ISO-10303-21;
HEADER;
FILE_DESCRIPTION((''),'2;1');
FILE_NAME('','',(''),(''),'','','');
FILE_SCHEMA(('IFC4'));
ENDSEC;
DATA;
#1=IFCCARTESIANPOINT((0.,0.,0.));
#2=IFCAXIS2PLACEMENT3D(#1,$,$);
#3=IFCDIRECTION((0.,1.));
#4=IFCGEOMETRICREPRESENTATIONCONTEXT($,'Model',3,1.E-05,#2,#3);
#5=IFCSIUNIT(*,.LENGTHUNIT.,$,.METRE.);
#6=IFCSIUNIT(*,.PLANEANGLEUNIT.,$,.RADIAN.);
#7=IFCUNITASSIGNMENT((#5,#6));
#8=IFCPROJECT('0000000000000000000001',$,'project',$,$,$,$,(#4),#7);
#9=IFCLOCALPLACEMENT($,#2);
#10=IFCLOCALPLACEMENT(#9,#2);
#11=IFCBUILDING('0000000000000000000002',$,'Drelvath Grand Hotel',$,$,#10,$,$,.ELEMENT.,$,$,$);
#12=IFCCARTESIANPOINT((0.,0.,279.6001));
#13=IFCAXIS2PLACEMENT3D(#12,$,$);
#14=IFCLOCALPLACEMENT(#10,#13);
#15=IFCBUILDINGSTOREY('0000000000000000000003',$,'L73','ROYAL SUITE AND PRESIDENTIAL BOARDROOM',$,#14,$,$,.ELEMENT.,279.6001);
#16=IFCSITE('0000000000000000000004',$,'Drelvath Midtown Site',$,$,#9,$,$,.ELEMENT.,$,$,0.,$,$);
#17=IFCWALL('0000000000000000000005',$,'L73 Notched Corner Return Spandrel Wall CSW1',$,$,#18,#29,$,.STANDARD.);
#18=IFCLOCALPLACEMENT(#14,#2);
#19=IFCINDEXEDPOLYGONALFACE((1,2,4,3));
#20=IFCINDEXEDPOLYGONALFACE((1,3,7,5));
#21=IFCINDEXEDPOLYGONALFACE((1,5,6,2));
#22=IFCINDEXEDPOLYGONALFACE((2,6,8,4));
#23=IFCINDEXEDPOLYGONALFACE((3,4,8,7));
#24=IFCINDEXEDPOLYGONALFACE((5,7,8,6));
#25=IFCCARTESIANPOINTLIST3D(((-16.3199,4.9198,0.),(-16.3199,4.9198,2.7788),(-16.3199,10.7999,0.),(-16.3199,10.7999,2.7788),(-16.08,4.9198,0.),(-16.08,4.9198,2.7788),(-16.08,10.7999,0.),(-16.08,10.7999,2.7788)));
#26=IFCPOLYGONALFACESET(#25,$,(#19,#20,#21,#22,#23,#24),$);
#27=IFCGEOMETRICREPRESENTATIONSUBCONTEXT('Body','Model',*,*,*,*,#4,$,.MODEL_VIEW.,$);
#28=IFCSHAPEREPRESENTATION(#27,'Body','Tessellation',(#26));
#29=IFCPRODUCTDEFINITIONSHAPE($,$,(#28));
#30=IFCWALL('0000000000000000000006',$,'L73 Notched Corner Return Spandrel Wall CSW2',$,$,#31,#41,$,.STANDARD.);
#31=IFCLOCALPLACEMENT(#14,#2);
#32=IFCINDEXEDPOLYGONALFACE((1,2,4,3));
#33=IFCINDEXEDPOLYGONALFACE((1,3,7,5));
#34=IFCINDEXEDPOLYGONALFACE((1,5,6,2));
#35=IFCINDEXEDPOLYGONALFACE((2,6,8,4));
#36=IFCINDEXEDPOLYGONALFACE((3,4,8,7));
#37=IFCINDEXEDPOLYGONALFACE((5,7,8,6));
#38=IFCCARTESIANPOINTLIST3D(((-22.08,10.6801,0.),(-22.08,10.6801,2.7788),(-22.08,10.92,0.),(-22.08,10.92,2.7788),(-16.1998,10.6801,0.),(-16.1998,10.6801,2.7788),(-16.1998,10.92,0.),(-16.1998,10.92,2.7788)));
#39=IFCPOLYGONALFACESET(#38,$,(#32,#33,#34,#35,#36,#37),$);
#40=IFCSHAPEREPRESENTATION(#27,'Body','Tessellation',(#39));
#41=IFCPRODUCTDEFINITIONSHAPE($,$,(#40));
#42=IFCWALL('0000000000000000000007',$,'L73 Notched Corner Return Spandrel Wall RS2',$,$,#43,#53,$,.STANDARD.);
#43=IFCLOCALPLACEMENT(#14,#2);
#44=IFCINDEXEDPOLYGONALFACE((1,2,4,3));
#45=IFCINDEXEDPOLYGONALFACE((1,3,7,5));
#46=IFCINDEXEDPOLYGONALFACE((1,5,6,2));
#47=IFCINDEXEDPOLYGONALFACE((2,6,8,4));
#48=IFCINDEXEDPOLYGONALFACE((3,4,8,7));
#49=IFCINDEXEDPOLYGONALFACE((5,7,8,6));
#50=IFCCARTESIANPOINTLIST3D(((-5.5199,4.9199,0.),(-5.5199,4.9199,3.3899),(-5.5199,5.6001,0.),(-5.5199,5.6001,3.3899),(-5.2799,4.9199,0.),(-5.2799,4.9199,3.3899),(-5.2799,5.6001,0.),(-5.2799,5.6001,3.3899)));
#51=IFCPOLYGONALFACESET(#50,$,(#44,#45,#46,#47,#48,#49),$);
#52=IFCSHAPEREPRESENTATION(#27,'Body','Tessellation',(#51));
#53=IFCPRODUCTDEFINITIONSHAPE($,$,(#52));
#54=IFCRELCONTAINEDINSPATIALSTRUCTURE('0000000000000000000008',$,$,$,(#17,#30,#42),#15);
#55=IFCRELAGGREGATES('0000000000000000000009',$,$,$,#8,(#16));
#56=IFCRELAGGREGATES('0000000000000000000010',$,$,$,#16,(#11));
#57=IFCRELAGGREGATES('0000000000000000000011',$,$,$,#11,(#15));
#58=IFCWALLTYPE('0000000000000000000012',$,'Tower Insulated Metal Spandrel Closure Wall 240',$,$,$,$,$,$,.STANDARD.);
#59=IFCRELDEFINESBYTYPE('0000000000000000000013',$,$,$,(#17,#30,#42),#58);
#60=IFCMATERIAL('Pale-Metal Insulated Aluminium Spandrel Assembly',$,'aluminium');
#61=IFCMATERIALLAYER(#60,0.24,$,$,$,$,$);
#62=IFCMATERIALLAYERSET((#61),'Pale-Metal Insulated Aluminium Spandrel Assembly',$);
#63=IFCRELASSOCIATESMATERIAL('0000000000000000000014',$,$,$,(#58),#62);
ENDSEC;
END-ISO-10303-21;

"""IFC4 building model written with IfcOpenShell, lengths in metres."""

from ifc_helpers import new_model, si_unit, direction, frame, frame_2d, origin, place, context, subcontext, project, spatial, rectangle, extrude, material, layer, layer_set, type_object, element, save


model = new_model("IFC4")

# Units and contexts
model_context = context("Model", 3, precision=1e-05, world=origin(), true_north=direction((0.0, 1.0)))
body_context = subcontext(model_context, "Body", "Model", "MODEL_VIEW")
ifc_project = project(units=[si_unit("LENGTHUNIT", "METRE"), si_unit("PLANEANGLEUNIT", "RADIAN")], contexts=[model_context])

# Site, building, storey
site_placement = place(None, origin())
site = spatial("IfcSite", under=ifc_project, at=site_placement, Name="Drelvath Midtown Site", CompositionType="ELEMENT", RefElevation=0.0)
building_placement = place(site_placement, origin())
building = spatial("IfcBuilding", under=site, at=building_placement, Name="Drelvath Grand Hotel", CompositionType="ELEMENT")
storey_placement = place(building_placement, frame((0.0, 0.0, 279.6001)))
storey = spatial("IfcBuildingStorey", under=building, at=storey_placement, Name="L73", Description="ROYAL SUITE AND PRESIDENTIAL BOARDROOM", CompositionType="ELEMENT", Elevation=279.6001)

# Walls
ifc_material_1 = material(Name="Pale-Metal Insulated Aluminium Spandrel Assembly", Category="aluminium")
ifc_layer_1 = layer(ifc_material_1, 0.24)
ifc_layer_set_1 = layer_set([ifc_layer_1], Name="Pale-Metal Insulated Aluminium Spandrel Assembly")
wall_type_1 = type_object("IfcWallType", Name="Tower Insulated Metal Spandrel Closure Wall 240", PredefinedType="STANDARD", material=ifc_layer_set_1)
for number, where, z_axis, x_axis, name in (
    (1, (-16.2, 4.9199, 0.0), (0.0, 0.0, 1.0), (0.0, 1.0, 0.0), "L73 Notched Corner Return Spandrel Wall CSW1"),
    (2, (-16.2, 10.8, 0.0), (0.0, 0.0, 1.0), (-1.0, 0.0, 0.0), "L73 Notched Corner Return Spandrel Wall CSW2"),
):
    element("IfcWall", number, at=place(storey_placement, frame(where, z_axis=z_axis, x_axis=x_axis)), inside=storey, type_object=wall_type_1, Name=name, PredefinedType="STANDARD", context=body_context, shape_type="SweptSolid", body=[
        extrude(rectangle(XDim=5.8801, YDim=0.24, at=frame_2d((2.9399, 0.0))), origin(), (0.0, 0.0, 1.0), 2.7788),
    ])
wall_1_placement = place(storey_placement, frame((-5.3999, 5.6001, 0.0), z_axis=(0.0, 0.0, 1.0), x_axis=(0.0, -1.0, 0.0)))
element("IfcWall", 3, at=wall_1_placement, inside=storey, type_object=wall_type_1, Name="L73 Notched Corner Return Spandrel Wall RS2", PredefinedType="STANDARD", context=body_context, shape_type="SweptSolid", body=[
    extrude(rectangle(XDim=0.6802, YDim=0.24, at=frame_2d((0.3401, 0.0))), origin(), (0.0, 0.0, 1.0), 3.3899),
])

save(model, "model.ifc")
